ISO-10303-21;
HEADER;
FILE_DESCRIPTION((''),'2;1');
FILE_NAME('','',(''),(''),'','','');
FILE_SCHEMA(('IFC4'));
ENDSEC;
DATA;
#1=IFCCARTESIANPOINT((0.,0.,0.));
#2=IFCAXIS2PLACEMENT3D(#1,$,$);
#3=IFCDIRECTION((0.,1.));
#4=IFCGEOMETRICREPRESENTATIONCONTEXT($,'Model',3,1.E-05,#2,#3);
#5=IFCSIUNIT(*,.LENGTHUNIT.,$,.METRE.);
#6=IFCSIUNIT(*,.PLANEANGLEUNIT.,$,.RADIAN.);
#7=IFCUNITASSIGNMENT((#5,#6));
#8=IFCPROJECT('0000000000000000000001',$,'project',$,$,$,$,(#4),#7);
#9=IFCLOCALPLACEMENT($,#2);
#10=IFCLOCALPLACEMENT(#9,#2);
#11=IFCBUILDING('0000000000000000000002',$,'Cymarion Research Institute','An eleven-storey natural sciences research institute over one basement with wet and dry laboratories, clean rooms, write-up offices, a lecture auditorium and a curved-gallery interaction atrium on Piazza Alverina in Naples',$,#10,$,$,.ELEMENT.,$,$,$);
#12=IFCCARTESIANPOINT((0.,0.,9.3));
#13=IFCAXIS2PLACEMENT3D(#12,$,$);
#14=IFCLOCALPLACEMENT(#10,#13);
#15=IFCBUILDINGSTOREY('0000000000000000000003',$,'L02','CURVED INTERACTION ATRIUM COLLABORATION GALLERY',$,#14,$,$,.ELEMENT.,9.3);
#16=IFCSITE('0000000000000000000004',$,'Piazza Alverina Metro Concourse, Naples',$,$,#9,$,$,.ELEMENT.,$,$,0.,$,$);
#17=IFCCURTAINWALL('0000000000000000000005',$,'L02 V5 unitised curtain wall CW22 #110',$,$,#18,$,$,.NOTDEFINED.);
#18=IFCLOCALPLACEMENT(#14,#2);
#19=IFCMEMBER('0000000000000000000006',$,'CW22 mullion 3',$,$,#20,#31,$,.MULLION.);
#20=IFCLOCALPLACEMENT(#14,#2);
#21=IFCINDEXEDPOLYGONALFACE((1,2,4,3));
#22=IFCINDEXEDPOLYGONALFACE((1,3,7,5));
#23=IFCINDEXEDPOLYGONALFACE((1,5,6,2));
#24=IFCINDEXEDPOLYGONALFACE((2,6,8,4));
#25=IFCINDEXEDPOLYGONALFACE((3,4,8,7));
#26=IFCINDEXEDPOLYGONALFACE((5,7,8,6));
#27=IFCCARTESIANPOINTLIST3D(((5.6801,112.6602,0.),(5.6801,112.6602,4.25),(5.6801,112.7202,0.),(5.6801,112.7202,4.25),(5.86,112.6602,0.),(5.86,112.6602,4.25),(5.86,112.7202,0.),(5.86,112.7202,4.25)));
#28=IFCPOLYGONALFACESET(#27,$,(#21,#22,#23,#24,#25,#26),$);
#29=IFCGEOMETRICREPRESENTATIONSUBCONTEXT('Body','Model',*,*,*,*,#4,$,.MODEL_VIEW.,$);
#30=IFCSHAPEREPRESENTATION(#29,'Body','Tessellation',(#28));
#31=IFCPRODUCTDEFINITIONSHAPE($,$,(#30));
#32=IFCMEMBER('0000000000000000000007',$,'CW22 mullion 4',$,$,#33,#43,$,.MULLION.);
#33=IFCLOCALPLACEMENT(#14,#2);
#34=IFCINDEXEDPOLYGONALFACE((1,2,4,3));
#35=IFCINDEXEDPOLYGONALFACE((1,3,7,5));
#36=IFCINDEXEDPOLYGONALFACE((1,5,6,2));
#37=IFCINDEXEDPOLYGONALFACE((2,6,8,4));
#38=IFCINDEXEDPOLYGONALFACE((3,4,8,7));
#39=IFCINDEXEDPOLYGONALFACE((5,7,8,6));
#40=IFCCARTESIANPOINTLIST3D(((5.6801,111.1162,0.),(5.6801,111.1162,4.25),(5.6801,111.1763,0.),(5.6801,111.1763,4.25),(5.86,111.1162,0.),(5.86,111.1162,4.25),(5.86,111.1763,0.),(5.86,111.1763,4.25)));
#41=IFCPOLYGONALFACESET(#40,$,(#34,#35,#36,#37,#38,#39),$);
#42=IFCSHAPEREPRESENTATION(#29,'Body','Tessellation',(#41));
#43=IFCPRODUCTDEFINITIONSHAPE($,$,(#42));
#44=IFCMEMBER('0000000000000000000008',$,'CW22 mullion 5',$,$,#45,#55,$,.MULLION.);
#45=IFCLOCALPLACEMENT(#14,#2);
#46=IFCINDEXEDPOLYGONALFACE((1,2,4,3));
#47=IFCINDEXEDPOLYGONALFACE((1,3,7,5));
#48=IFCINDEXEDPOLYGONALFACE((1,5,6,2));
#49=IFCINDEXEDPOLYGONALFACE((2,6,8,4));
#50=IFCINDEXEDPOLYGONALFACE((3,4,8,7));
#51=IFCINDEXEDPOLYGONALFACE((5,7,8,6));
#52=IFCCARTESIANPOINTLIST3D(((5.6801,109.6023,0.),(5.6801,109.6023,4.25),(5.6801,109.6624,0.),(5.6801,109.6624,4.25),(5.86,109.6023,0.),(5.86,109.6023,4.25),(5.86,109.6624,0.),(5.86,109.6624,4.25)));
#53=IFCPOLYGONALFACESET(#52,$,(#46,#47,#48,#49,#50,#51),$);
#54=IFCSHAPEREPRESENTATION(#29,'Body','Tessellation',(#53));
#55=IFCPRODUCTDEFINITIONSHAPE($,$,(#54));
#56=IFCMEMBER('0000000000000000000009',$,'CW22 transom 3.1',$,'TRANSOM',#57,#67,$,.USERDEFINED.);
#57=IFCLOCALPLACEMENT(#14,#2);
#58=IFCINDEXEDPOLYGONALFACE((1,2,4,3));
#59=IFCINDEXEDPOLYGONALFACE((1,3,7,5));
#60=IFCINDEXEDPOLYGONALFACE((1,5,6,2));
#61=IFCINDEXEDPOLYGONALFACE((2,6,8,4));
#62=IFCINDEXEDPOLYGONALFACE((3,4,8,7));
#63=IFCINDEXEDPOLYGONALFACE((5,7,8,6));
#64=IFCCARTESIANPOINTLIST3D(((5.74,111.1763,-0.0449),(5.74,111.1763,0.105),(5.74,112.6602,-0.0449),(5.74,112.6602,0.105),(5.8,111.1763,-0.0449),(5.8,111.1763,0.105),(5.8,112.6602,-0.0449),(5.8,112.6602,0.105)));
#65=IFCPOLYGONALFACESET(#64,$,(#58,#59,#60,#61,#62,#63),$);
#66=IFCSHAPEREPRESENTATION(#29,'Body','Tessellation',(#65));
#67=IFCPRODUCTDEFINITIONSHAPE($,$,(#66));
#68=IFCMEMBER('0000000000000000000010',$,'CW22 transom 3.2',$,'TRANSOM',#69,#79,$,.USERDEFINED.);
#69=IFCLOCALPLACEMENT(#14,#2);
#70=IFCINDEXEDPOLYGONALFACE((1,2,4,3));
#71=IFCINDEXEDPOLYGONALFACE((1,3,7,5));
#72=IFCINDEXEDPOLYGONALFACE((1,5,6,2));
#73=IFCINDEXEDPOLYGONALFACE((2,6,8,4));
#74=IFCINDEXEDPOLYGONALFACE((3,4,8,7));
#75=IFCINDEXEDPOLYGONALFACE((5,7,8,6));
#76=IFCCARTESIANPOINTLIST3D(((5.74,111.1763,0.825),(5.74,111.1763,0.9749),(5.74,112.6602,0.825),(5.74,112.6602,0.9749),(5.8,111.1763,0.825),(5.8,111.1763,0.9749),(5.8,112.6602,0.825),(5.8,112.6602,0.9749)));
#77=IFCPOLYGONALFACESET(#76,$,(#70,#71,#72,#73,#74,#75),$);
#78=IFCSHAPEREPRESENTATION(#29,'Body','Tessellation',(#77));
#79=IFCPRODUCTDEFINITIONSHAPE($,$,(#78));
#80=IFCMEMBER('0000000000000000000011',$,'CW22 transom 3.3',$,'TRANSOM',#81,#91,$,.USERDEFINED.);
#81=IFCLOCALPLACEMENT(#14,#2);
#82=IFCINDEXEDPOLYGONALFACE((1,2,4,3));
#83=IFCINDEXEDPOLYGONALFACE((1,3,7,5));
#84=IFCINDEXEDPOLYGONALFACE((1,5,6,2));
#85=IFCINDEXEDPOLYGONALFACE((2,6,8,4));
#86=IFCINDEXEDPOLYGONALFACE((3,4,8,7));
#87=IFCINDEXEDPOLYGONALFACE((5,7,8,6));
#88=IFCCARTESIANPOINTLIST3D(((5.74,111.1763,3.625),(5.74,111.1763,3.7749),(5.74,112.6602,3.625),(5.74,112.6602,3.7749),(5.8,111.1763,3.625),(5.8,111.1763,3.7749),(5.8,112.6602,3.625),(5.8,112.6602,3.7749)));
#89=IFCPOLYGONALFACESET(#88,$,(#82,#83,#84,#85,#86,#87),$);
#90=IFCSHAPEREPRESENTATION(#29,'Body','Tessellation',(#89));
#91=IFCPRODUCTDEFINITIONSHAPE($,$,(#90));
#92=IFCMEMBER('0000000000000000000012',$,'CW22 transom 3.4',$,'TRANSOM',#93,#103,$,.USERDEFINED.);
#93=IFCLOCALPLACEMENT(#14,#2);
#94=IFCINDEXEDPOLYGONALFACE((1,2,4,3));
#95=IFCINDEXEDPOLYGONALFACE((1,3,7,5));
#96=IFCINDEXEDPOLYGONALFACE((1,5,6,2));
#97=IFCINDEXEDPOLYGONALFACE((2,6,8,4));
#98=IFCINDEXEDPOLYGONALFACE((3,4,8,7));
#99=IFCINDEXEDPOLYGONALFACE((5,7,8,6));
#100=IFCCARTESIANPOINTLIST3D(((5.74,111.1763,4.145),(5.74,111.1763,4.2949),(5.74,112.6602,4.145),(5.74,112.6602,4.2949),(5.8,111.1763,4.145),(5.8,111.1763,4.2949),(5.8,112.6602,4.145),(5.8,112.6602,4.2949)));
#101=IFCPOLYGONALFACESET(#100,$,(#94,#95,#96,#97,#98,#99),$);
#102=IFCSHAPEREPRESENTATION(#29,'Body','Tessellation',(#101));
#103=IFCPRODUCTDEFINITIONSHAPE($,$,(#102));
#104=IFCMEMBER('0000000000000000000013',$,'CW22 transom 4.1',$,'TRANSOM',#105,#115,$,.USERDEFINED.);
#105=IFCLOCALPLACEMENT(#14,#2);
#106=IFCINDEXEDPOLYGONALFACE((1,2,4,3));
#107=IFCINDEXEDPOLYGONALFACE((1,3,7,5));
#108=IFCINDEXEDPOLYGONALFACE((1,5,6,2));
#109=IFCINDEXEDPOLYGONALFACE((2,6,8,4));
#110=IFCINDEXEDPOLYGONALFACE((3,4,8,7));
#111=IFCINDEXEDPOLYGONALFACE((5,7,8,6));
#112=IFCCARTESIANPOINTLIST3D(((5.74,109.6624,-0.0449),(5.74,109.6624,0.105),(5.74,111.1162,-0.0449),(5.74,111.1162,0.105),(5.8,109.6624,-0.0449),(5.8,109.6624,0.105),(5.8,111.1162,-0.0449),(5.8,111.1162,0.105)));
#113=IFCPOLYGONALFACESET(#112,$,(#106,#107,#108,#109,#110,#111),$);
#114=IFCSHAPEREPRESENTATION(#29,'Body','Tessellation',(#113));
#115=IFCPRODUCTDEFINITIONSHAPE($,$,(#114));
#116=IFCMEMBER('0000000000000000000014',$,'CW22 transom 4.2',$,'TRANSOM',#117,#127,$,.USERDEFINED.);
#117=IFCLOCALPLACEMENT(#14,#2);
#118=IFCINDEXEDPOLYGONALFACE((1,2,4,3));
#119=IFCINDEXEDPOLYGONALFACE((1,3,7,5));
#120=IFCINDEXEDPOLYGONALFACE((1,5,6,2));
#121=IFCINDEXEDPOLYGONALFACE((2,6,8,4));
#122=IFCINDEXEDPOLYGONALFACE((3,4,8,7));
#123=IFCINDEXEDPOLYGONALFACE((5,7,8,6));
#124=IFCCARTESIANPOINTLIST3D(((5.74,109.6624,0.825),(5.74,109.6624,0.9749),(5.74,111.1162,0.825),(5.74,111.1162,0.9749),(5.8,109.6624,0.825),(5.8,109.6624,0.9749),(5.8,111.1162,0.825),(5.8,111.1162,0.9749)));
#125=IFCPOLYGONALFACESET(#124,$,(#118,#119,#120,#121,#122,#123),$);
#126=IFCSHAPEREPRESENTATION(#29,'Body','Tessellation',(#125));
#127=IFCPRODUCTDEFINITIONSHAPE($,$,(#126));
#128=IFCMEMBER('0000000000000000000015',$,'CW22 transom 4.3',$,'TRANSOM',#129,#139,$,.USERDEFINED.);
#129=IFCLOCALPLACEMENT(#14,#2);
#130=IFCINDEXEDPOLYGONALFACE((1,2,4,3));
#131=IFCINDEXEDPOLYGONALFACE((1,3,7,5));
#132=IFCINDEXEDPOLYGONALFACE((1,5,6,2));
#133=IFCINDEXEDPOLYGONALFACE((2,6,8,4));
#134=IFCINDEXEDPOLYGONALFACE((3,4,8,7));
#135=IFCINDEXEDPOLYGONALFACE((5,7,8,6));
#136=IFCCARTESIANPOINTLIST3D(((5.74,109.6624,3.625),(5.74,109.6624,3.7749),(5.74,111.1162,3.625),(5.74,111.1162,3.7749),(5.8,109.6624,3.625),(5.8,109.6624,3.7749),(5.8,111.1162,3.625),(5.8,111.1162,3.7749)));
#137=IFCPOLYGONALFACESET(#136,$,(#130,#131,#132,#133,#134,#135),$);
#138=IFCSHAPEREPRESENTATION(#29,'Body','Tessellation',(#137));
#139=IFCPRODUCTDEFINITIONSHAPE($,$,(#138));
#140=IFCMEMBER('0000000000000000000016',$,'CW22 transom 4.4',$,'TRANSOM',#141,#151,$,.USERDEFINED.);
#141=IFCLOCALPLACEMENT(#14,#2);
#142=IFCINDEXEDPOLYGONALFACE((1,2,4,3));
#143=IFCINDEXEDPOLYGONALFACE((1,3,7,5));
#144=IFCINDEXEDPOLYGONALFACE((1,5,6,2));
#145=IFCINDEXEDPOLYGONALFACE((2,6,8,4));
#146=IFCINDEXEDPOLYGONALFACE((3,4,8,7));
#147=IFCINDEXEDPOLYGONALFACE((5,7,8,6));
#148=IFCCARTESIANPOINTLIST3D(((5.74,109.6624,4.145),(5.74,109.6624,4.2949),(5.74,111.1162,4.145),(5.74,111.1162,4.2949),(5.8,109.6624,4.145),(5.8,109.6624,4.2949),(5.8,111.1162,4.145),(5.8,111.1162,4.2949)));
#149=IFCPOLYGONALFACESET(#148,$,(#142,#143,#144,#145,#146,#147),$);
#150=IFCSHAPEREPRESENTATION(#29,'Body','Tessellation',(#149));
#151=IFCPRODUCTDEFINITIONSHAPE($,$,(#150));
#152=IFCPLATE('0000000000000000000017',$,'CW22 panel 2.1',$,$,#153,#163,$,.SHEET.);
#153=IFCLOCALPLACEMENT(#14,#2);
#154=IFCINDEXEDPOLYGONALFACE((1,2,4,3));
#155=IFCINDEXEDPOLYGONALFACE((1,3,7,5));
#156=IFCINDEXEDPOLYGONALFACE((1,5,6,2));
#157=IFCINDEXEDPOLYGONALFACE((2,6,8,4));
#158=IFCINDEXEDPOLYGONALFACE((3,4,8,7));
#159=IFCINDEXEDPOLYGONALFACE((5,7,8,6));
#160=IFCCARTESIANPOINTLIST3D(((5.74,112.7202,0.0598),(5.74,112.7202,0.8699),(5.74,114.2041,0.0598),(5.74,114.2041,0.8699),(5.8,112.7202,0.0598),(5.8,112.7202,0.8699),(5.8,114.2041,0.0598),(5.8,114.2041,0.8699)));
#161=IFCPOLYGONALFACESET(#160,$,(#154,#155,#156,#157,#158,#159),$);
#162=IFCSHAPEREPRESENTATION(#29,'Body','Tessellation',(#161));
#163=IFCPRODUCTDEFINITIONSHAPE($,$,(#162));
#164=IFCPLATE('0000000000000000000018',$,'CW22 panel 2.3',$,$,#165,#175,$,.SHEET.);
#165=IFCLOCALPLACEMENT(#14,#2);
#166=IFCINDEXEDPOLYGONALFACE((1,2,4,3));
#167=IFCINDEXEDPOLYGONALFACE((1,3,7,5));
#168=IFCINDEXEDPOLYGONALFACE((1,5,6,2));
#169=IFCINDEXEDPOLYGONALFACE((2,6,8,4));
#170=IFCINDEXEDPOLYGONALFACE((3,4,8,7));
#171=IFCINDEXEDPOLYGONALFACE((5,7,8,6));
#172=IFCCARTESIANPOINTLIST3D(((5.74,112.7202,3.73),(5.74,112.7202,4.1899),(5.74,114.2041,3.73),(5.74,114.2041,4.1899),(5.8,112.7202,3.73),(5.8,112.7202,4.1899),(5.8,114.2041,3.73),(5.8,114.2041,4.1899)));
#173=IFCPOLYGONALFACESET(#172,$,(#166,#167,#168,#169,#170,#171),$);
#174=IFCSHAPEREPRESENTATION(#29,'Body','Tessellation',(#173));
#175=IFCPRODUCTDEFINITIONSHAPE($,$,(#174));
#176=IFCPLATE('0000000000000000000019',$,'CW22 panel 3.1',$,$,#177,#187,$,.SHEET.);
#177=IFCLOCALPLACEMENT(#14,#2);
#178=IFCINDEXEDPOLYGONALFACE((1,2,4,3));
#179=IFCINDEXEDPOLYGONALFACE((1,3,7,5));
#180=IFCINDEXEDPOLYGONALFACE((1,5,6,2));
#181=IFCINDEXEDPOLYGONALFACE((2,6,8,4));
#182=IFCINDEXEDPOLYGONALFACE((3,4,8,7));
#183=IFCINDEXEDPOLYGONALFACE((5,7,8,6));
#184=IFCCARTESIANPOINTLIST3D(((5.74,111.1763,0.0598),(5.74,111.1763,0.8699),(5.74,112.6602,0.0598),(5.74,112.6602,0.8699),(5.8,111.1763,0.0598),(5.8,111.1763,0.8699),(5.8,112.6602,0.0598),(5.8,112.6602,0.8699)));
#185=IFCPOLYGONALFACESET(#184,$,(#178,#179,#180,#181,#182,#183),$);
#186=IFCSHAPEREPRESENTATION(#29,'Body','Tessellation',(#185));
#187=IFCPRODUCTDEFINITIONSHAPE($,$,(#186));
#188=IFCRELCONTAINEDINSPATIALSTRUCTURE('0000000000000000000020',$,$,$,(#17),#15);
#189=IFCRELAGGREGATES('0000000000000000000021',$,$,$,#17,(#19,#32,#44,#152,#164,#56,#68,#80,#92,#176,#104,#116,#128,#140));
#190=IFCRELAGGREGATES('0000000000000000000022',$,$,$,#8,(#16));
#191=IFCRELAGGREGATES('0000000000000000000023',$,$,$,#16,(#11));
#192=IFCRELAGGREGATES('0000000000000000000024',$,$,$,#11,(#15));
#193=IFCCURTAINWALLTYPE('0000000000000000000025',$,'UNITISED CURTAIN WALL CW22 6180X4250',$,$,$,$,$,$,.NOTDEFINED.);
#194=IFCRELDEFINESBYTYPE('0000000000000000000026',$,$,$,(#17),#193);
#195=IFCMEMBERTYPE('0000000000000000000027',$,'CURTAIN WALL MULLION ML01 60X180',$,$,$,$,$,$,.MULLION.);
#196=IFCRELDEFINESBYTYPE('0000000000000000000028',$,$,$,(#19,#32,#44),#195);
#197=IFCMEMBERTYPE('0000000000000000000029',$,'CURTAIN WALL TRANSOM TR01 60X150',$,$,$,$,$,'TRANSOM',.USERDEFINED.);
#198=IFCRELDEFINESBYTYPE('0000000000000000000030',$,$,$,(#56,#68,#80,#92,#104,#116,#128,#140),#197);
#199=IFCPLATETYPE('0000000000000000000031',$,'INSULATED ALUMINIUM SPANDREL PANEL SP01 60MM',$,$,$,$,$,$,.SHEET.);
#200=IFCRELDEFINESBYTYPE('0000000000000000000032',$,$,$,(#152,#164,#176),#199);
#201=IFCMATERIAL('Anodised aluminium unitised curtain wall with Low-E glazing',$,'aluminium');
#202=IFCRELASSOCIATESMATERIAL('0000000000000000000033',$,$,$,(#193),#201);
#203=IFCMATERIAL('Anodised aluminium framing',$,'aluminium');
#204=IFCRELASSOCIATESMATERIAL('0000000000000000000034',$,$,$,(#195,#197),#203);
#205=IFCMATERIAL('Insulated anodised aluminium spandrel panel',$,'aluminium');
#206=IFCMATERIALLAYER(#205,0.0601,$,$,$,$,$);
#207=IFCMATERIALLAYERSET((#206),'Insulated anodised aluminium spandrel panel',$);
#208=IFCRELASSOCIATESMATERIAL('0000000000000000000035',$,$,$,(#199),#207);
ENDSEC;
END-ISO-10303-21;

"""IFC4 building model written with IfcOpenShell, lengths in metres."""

from ifc_helpers import new_model, si_unit, direction, frame, origin, origin_2d, place, context, subcontext, project, spatial, rectangle, extrude, material, layer, layer_set, material_profile, profile_set, type_object, element, aggregate, save


model = new_model("IFC4")

# Units and contexts
model_context = context("Model", 3, precision=1e-05, world=origin(), true_north=direction((0.0, 1.0)))
body_context = subcontext(model_context, "Body", "Model", "MODEL_VIEW")
ifc_project = project(units=[si_unit("LENGTHUNIT", "METRE"), si_unit("PLANEANGLEUNIT", "RADIAN")], contexts=[model_context])

# Site, building, storey
site_placement = place(None, origin())
site = spatial("IfcSite", under=ifc_project, at=site_placement, Name="Piazza Alverina Metro Concourse, Naples", CompositionType="ELEMENT", RefElevation=0.0)
building_placement = place(site_placement, origin())
building = spatial("IfcBuilding", under=site, at=building_placement, Name="Cymarion Research Institute", Description="An eleven-storey natural sciences research institute over one basement with wet and dry laboratories, clean rooms, write-up offices, a lecture auditorium and a curved-gallery interaction atrium on Piazza Alverina in Naples", CompositionType="ELEMENT")
storey_placement = place(building_placement, frame((0.0, 0.0, 9.3)))
storey = spatial("IfcBuildingStorey", under=building, at=storey_placement, Name="L02", Description="CURVED INTERACTION ATRIUM COLLABORATION GALLERY", CompositionType="ELEMENT", Elevation=9.3)

# Curtain wall, members, plates
ifc_material_1 = material(Name="Anodised aluminium unitised curtain wall with Low-E glazing", Category="aluminium")
curtain_wall_type = type_object("IfcCurtainWallType", Name="UNITISED CURTAIN WALL CW22 6180X4250", PredefinedType="NOTDEFINED", material=ifc_material_1)
curtain_wall_placement = place(storey_placement, origin())
curtain_wall = element("IfcCurtainWall", 1, at=curtain_wall_placement, inside=storey, type_object=curtain_wall_type, Name="L02 V5 unitised curtain wall CW22 #110", PredefinedType="NOTDEFINED")
ifc_material_2 = material(Name="Anodised aluminium framing", Category="aluminium")
ifc_material_profile_1 = material_profile(ifc_material_2, rectangle(XDim=0.0601, YDim=0.1799, at=origin_2d()), Name="ALU MULLION 60x180")
ifc_profile_set_1 = profile_set([ifc_material_profile_1], Name="Anodised aluminium framing")
member_type_1 = type_object("IfcMemberType", Name="CURTAIN WALL MULLION ML01 60X180", PredefinedType="MULLION", material=ifc_profile_set_1)
member_1_placement = place(storey_placement, frame((5.77, 112.6902, 0.0), z_axis=(0.0, 0.0, 1.0), x_axis=(0.0, -1.0, 0.0)))
member_1 = element("IfcMember", 2, at=member_1_placement, type_object=member_type_1, Name="CW22 mullion 3", PredefinedType="MULLION", context=body_context, shape_type="SweptSolid", body=[
    extrude(rectangle(XDim=0.0601, YDim=0.1799, at=origin_2d()), origin(), (0.0, 0.0, 1.0), 4.25),
])
member_2_placement = place(storey_placement, frame((5.77, 111.1462, 0.0), z_axis=(0.0, 0.0, 1.0), x_axis=(0.0, -1.0, 0.0)))
member_2 = element("IfcMember", 3, at=member_2_placement, type_object=member_type_1, Name="CW22 mullion 4", PredefinedType="MULLION", context=body_context, shape_type="SweptSolid", body=[
    extrude(rectangle(XDim=0.0601, YDim=0.1799, at=origin_2d()), origin(), (0.0, 0.0, 1.0), 4.25),
])
member_3_placement = place(storey_placement, frame((5.77, 109.6323, 0.0), z_axis=(0.0, 0.0, 1.0), x_axis=(0.0, -1.0, 0.0)))
member_3 = element("IfcMember", 4, at=member_3_placement, type_object=member_type_1, Name="CW22 mullion 5", PredefinedType="MULLION", context=body_context, shape_type="SweptSolid", body=[
    extrude(rectangle(XDim=0.0601, YDim=0.1799, at=origin_2d()), origin(), (0.0, 0.0, 1.0), 4.25),
])
ifc_material_profile_2 = material_profile(ifc_material_2, rectangle(XDim=0.0601, YDim=0.1499, at=origin_2d()), Name="ALU TRANSOM 60x150")
ifc_profile_set_2 = profile_set([ifc_material_profile_2], Name="Anodised aluminium framing")
member_type_2 = type_object("IfcMemberType", Name="CURTAIN WALL TRANSOM TR01 60X150", ElementType="TRANSOM", PredefinedType="USERDEFINED", material=ifc_profile_set_2)
member_4_placement = place(storey_placement, frame((5.77, 112.6602, 0.03), z_axis=(0.0, -1.0, 0.0), x_axis=(1.0, 0.0, 0.0)))
member_4 = element("IfcMember", 5, at=member_4_placement, type_object=member_type_2, Name="CW22 transom 3.1", ObjectType="TRANSOM", PredefinedType="USERDEFINED", context=body_context, shape_type="SweptSolid", body=[
    extrude(rectangle(XDim=0.0601, YDim=0.1499, at=origin_2d()), origin(), (0.0, 0.0, 1.0), 1.4839),
])
member_5_placement = place(storey_placement, frame((5.77, 112.6602, 0.8999), z_axis=(0.0, -1.0, 0.0), x_axis=(1.0, 0.0, 0.0)))
member_5 = element("IfcMember", 6, at=member_5_placement, type_object=member_type_2, Name="CW22 transom 3.2", ObjectType="TRANSOM", PredefinedType="USERDEFINED", context=body_context, shape_type="SweptSolid", body=[
    extrude(rectangle(XDim=0.0601, YDim=0.1499, at=origin_2d()), origin(), (0.0, 0.0, 1.0), 1.4839),
])
member_6_placement = place(storey_placement, frame((5.77, 112.6602, 3.7), z_axis=(0.0, -1.0, 0.0), x_axis=(1.0, 0.0, 0.0)))
member_6 = element("IfcMember", 7, at=member_6_placement, type_object=member_type_2, Name="CW22 transom 3.3", ObjectType="TRANSOM", PredefinedType="USERDEFINED", context=body_context, shape_type="SweptSolid", body=[
    extrude(rectangle(XDim=0.0601, YDim=0.1499, at=origin_2d()), origin(), (0.0, 0.0, 1.0), 1.4839),
])
member_7_placement = place(storey_placement, frame((5.77, 112.6602, 4.22), z_axis=(0.0, -1.0, 0.0), x_axis=(1.0, 0.0, 0.0)))
member_7 = element("IfcMember", 8, at=member_7_placement, type_object=member_type_2, Name="CW22 transom 3.4", ObjectType="TRANSOM", PredefinedType="USERDEFINED", context=body_context, shape_type="SweptSolid", body=[
    extrude(rectangle(XDim=0.0601, YDim=0.1499, at=origin_2d()), origin(), (0.0, 0.0, 1.0), 1.4839),
])
member_8_placement = place(storey_placement, frame((5.77, 111.1162, 0.03), z_axis=(0.0, -1.0, 0.0), x_axis=(1.0, 0.0, 0.0)))
member_8 = element("IfcMember", 9, at=member_8_placement, type_object=member_type_2, Name="CW22 transom 4.1", ObjectType="TRANSOM", PredefinedType="USERDEFINED", context=body_context, shape_type="SweptSolid", body=[
    extrude(rectangle(XDim=0.0601, YDim=0.1499, at=origin_2d()), origin(), (0.0, 0.0, 1.0), 1.4539),
])
member_9_placement = place(storey_placement, frame((5.77, 111.1162, 0.8999), z_axis=(0.0, -1.0, 0.0), x_axis=(1.0, 0.0, 0.0)))
member_9 = element("IfcMember", 10, at=member_9_placement, type_object=member_type_2, Name="CW22 transom 4.2", ObjectType="TRANSOM", PredefinedType="USERDEFINED", context=body_context, shape_type="SweptSolid", body=[
    extrude(rectangle(XDim=0.0601, YDim=0.1499, at=origin_2d()), origin(), (0.0, 0.0, 1.0), 1.4539),
])
member_10_placement = place(storey_placement, frame((5.77, 111.1162, 3.7), z_axis=(0.0, -1.0, 0.0), x_axis=(1.0, 0.0, 0.0)))
member_10 = element("IfcMember", 11, at=member_10_placement, type_object=member_type_2, Name="CW22 transom 4.3", ObjectType="TRANSOM", PredefinedType="USERDEFINED", context=body_context, shape_type="SweptSolid", body=[
    extrude(rectangle(XDim=0.0601, YDim=0.1499, at=origin_2d()), origin(), (0.0, 0.0, 1.0), 1.4539),
])
member_11_placement = place(storey_placement, frame((5.77, 111.1162, 4.22), z_axis=(0.0, -1.0, 0.0), x_axis=(1.0, 0.0, 0.0)))
member_11 = element("IfcMember", 12, at=member_11_placement, type_object=member_type_2, Name="CW22 transom 4.4", ObjectType="TRANSOM", PredefinedType="USERDEFINED", context=body_context, shape_type="SweptSolid", body=[
    extrude(rectangle(XDim=0.0601, YDim=0.1499, at=origin_2d()), origin(), (0.0, 0.0, 1.0), 1.4539),
])
ifc_material_3 = material(Name="Insulated anodised aluminium spandrel panel", Category="aluminium")
ifc_layer_1 = layer(ifc_material_3, 0.0601)
ifc_layer_set_1 = layer_set([ifc_layer_1], Name="Insulated anodised aluminium spandrel panel")
plate_type_1 = type_object("IfcPlateType", Name="INSULATED ALUMINIUM SPANDREL PANEL SP01 60MM", PredefinedType="SHEET", material=ifc_layer_set_1)
plate_1_placement = place(storey_placement, frame((5.77, 113.4622, 0.0598), z_axis=(0.0, 0.0, 1.0), x_axis=(0.0, -1.0, 0.0)))
plate_1 = element("IfcPlate", 13, at=plate_1_placement, type_object=plate_type_1, Name="CW22 panel 2.1", PredefinedType="SHEET", context=body_context, shape_type="SweptSolid", body=[
    extrude(rectangle(XDim=1.4839, YDim=0.0601, at=origin_2d()), origin(), (0.0, 0.0, 1.0), 0.8101),
])
plate_2_placement = place(storey_placement, frame((5.77, 113.4622, 3.73), z_axis=(0.0, 0.0, 1.0), x_axis=(0.0, -1.0, 0.0)))
plate_2 = element("IfcPlate", 14, at=plate_2_placement, type_object=plate_type_1, Name="CW22 panel 2.3", PredefinedType="SHEET", context=body_context, shape_type="SweptSolid", body=[
    extrude(rectangle(XDim=1.4839, YDim=0.0601, at=origin_2d()), origin(), (0.0, 0.0, 1.0), 0.46),
])
plate_3_placement = place(storey_placement, frame((5.77, 111.9182, 0.0598), z_axis=(0.0, 0.0, 1.0), x_axis=(0.0, -1.0, 0.0)))
plate_3 = element("IfcPlate", 15, at=plate_3_placement, type_object=plate_type_1, Name="CW22 panel 3.1", PredefinedType="SHEET", context=body_context, shape_type="SweptSolid", body=[
    extrude(rectangle(XDim=1.4839, YDim=0.0601, at=origin_2d()), origin(), (0.0, 0.0, 1.0), 0.8101),
])
aggregate(curtain_wall, [member_1, member_2, member_3, plate_1, plate_2, member_4, member_5, member_6, member_7, plate_3, member_8, member_9, member_10, member_11])

save(model, "model.ifc")
